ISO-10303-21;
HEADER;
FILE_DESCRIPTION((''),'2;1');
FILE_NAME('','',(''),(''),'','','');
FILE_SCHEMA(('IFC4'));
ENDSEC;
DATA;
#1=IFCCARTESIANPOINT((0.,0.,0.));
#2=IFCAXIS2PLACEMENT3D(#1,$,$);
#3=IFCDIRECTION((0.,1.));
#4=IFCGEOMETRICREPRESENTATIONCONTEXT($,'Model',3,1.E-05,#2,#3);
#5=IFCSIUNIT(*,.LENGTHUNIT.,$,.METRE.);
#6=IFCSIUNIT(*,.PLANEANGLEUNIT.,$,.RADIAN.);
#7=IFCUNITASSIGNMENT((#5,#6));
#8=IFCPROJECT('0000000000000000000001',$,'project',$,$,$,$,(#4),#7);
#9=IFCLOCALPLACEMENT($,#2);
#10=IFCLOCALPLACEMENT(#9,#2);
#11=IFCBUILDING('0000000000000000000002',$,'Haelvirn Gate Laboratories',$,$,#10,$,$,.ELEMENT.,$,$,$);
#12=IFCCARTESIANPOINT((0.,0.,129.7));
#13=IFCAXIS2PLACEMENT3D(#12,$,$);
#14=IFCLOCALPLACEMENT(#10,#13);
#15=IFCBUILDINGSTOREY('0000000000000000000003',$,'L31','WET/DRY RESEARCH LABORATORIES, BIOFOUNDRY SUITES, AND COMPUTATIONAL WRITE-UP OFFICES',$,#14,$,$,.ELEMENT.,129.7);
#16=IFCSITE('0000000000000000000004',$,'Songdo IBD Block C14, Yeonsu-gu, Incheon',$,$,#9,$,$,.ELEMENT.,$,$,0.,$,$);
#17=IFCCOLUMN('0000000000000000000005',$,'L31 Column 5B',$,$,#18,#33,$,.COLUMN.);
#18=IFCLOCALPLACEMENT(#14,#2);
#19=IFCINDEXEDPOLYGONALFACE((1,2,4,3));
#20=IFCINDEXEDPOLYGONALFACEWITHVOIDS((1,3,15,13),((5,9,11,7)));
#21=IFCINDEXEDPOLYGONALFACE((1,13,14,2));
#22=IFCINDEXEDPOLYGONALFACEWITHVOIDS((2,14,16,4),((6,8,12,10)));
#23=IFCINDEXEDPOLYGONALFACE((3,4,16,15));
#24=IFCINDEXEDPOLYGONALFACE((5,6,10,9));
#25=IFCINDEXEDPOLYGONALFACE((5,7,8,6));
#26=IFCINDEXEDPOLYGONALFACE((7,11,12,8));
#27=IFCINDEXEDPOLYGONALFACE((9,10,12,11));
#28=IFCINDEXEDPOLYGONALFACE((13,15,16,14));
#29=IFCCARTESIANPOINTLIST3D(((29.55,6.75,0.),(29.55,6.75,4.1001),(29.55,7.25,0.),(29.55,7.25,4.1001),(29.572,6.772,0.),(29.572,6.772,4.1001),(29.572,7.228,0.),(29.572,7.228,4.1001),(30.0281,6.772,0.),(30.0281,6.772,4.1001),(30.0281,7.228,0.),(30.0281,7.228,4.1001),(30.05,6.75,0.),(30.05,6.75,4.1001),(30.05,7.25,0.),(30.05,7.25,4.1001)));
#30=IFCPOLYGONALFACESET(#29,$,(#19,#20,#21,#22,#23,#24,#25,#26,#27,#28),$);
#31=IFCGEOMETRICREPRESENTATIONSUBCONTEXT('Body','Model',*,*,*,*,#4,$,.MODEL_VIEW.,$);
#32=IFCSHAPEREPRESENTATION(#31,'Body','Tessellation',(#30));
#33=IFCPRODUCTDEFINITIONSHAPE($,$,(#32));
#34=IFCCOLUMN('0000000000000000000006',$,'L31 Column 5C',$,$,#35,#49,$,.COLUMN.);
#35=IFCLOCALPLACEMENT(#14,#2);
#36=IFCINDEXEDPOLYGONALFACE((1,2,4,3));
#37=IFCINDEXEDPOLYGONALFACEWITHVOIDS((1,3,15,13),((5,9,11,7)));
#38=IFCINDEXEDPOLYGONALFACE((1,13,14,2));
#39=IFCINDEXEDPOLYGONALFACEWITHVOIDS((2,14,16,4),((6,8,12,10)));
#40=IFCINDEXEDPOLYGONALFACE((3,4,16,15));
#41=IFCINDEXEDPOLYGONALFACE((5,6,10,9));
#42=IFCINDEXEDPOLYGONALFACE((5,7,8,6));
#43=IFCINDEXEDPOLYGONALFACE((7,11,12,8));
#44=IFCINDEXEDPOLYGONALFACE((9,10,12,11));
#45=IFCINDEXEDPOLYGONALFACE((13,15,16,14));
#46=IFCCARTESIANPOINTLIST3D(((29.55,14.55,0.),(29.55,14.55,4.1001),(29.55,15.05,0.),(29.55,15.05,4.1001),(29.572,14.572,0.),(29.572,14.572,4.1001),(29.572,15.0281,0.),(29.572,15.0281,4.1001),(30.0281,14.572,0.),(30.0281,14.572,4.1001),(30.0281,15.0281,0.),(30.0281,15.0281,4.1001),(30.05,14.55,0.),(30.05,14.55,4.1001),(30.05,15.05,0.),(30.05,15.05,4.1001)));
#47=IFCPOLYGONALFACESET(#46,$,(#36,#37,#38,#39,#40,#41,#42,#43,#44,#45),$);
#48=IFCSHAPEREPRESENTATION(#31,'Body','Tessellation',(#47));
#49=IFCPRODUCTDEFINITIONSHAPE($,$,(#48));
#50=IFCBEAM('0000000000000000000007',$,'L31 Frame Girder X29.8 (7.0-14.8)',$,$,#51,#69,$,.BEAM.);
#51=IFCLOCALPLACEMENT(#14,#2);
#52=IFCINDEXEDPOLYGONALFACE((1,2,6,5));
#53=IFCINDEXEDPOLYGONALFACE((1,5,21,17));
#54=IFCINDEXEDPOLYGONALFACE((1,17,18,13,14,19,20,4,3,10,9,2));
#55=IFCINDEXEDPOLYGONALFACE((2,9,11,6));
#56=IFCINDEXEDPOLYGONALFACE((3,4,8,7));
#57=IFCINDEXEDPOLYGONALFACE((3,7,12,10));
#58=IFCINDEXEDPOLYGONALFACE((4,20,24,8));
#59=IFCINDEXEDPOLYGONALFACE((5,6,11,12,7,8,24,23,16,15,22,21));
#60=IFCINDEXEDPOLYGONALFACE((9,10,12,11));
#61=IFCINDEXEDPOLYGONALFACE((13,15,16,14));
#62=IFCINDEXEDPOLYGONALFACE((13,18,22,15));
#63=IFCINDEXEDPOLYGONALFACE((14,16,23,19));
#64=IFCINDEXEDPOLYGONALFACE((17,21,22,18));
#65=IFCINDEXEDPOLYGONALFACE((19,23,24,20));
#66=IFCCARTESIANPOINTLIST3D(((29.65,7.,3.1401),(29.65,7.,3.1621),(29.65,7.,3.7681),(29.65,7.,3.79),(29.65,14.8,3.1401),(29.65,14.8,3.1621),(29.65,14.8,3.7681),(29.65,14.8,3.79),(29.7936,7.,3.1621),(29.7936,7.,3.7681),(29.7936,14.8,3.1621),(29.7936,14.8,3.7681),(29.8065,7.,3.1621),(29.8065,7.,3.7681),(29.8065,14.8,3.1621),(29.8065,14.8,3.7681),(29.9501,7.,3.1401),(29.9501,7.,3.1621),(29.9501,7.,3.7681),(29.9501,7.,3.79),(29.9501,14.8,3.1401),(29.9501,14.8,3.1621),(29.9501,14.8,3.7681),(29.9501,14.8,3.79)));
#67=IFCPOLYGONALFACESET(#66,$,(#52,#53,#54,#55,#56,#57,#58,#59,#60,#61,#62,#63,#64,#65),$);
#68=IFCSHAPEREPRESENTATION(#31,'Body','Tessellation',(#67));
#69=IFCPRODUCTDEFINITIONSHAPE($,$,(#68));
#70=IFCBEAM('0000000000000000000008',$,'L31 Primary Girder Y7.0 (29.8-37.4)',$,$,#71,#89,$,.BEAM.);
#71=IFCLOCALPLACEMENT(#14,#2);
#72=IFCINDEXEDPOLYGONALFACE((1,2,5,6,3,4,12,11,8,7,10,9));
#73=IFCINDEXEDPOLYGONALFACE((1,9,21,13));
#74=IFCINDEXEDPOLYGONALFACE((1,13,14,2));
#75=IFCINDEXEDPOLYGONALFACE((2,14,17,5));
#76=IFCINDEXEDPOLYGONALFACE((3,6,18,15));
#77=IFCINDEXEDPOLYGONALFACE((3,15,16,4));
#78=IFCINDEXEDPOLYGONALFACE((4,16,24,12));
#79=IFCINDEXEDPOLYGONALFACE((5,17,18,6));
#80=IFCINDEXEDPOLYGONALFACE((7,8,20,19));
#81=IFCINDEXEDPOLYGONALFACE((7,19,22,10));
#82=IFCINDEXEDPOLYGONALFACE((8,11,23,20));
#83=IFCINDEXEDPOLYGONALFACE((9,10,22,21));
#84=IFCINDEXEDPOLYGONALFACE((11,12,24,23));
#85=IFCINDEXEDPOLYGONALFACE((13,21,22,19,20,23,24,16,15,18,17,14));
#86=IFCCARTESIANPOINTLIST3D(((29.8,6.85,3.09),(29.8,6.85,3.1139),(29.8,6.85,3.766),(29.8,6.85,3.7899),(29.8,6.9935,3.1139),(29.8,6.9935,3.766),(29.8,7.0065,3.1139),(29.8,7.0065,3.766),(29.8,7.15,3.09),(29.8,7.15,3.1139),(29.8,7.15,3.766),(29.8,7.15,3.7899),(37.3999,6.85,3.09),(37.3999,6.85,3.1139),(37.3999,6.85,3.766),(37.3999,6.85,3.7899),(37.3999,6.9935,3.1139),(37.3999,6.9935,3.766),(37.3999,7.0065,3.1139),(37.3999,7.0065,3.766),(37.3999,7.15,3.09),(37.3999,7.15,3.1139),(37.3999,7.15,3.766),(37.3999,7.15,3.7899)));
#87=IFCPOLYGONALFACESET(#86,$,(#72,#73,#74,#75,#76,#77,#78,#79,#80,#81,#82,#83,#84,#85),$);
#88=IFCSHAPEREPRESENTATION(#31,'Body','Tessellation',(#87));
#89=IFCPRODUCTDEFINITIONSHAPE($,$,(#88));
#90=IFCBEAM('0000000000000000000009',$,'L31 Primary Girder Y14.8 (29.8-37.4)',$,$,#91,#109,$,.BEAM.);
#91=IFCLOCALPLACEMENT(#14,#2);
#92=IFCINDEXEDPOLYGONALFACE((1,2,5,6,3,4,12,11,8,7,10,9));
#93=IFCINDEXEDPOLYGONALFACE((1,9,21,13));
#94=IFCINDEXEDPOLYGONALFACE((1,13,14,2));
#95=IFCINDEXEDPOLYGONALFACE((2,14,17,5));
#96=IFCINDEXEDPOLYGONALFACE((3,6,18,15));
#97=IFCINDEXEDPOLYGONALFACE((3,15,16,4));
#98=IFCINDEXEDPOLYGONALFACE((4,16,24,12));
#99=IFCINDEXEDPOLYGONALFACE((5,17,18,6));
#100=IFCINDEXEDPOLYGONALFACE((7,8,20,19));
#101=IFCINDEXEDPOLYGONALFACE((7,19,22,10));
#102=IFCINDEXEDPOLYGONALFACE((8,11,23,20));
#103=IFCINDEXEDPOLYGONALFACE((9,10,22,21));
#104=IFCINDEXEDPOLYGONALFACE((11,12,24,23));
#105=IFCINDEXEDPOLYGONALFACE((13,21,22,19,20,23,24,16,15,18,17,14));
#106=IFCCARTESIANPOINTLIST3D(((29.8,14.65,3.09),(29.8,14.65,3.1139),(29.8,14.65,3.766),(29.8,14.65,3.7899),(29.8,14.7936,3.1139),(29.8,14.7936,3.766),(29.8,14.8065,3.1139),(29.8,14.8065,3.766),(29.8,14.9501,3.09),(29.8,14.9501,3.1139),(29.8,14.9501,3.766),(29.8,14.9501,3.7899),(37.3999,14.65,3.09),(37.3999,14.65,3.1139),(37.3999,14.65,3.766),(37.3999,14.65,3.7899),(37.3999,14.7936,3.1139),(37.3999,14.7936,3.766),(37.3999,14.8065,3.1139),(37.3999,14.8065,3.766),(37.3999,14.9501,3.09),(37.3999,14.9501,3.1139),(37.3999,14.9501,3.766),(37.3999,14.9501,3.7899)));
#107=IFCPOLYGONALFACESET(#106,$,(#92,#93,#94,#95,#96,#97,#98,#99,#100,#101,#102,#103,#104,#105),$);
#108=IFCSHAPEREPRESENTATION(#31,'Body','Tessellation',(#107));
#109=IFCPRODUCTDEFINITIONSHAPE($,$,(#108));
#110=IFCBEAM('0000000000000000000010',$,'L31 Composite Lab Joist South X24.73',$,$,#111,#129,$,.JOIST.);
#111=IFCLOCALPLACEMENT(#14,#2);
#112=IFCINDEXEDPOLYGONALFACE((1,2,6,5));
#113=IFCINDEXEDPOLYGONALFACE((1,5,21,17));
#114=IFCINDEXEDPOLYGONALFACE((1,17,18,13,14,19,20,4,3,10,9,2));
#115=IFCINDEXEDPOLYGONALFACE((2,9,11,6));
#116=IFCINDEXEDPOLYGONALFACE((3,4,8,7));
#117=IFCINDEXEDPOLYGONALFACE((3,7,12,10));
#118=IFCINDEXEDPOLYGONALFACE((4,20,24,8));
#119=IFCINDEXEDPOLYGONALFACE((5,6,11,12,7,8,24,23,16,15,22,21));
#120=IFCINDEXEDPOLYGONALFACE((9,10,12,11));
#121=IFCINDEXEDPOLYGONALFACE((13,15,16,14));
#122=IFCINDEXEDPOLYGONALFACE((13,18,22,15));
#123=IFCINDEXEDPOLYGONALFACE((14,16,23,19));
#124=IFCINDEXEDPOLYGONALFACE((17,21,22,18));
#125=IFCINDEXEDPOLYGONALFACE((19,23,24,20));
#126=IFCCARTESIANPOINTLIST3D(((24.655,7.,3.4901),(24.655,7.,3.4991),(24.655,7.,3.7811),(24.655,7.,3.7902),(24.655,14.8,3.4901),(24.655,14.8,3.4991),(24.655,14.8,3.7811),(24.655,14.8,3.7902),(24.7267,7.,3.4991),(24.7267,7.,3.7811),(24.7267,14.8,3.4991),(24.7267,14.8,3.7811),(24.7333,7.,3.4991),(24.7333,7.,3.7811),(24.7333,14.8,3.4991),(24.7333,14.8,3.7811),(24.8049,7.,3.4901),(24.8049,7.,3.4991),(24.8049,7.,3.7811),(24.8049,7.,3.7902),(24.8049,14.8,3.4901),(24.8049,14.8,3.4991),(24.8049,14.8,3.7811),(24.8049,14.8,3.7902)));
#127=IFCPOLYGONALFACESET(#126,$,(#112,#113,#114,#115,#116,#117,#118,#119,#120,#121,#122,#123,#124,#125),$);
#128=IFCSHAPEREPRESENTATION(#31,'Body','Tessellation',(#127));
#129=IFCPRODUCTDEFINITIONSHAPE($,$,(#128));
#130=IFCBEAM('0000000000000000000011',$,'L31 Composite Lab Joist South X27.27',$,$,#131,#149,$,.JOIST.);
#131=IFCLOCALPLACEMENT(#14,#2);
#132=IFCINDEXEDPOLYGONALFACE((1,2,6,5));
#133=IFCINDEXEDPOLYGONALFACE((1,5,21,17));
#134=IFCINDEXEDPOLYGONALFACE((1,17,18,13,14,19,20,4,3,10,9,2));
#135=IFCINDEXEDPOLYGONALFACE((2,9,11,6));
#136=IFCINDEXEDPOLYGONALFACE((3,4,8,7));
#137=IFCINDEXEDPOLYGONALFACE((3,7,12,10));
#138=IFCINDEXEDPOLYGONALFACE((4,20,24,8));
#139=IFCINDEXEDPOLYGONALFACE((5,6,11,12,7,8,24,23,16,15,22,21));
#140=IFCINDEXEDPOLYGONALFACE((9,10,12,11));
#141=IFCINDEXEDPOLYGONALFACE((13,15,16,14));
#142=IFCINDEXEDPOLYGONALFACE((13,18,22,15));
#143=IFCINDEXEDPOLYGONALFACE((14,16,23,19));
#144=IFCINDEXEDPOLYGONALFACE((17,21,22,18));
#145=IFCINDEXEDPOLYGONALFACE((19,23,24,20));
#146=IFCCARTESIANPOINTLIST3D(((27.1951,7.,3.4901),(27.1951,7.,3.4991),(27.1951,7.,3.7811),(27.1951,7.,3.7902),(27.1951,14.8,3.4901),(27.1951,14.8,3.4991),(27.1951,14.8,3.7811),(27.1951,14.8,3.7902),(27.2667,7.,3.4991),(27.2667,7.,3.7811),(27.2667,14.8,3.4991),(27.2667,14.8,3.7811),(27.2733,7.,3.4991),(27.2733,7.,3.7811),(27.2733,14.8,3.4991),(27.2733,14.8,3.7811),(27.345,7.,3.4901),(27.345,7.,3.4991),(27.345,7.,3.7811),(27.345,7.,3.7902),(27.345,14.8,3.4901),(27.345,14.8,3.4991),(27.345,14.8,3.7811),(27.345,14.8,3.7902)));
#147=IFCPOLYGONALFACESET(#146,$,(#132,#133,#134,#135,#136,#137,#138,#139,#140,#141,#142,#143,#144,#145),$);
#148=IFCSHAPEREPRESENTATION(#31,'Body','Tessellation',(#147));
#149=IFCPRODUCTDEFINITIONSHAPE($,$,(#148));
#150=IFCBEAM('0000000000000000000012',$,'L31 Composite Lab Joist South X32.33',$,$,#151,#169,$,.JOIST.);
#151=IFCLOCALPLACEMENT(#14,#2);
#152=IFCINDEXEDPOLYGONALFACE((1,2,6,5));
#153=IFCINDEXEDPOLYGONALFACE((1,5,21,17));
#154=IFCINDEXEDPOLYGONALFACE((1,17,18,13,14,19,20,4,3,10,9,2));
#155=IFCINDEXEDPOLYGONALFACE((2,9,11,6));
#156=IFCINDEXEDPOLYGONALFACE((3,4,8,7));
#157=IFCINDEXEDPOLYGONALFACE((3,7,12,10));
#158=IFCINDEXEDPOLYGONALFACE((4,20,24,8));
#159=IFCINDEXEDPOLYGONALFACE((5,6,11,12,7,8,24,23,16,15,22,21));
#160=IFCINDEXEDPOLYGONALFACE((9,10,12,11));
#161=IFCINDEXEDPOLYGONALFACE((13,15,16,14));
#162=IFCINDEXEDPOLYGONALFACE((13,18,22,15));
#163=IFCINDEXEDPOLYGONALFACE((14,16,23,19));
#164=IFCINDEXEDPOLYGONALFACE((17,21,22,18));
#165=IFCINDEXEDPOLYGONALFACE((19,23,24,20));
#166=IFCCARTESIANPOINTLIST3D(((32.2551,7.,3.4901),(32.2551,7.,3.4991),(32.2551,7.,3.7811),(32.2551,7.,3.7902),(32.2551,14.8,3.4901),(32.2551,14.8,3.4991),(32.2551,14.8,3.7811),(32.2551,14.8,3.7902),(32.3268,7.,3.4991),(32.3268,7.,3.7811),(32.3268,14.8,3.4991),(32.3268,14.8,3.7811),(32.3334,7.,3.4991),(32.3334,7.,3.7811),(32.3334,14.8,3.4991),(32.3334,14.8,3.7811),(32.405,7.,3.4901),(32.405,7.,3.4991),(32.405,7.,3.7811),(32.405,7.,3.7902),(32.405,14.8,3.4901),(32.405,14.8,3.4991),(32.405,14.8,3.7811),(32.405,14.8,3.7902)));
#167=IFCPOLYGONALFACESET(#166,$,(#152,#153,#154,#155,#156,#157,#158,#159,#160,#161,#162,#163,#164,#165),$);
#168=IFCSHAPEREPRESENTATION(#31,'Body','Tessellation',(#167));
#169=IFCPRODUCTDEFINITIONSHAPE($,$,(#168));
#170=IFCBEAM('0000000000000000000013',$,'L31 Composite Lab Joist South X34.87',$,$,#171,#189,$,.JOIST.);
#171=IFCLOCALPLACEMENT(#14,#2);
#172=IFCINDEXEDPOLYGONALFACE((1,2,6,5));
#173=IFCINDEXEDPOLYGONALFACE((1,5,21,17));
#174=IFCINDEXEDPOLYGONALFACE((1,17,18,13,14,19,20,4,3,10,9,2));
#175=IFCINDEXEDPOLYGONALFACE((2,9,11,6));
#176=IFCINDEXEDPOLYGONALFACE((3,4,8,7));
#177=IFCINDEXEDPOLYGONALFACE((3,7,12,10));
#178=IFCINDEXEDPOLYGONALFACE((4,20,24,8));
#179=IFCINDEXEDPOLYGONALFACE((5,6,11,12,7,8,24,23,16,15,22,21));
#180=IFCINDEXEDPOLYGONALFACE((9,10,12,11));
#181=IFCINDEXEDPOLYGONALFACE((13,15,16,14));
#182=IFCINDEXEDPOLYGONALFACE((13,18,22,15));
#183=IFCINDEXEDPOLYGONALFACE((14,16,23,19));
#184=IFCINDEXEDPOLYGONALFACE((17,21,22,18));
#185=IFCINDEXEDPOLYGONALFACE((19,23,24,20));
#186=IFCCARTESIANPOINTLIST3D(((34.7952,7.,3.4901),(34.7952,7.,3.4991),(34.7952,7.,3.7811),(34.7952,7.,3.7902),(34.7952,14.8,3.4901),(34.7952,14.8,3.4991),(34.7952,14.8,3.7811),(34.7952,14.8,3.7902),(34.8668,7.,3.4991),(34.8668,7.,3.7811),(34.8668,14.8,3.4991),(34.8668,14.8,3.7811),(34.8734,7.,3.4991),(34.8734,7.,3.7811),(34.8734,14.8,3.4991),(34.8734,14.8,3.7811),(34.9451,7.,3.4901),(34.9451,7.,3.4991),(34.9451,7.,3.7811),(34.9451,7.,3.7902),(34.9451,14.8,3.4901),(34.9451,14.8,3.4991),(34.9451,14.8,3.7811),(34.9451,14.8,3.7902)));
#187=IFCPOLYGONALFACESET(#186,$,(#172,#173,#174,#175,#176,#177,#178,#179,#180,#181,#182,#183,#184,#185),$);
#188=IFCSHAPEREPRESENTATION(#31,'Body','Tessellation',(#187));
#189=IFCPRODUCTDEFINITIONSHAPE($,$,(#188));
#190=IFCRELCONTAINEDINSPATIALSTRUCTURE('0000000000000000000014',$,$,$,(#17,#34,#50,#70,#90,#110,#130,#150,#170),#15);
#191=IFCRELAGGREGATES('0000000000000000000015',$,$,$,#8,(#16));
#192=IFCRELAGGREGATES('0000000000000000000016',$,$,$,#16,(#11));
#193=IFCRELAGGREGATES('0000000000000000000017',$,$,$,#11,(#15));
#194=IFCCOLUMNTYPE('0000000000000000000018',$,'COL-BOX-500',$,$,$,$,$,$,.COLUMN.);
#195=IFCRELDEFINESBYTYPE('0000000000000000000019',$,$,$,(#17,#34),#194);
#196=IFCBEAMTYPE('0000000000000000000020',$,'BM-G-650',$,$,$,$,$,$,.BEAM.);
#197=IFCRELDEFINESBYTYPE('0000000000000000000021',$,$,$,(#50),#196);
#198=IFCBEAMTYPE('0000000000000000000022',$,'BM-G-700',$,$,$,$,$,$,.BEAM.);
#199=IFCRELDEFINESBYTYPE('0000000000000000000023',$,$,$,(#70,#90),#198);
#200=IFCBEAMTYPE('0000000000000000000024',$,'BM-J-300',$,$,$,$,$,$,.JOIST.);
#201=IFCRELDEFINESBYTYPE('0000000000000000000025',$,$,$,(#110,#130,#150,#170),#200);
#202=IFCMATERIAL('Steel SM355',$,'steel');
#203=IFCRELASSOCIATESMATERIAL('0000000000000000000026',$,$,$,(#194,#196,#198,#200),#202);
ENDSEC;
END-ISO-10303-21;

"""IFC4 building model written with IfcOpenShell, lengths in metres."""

from ifc_helpers import new_model, si_unit, direction, frame, origin, origin_2d, place, context, subcontext, project, spatial, hollow_rectangle, i_section, extrude, source, transform, mapped, material, material_profile, profile_set, type_object, type_shapes, element, save


model = new_model("IFC4")

# Units and contexts
model_context = context("Model", 3, precision=1e-05, world=origin(), true_north=direction((0.0, 1.0)))
body_context = subcontext(model_context, "Body", "Model", "MODEL_VIEW")
ifc_project = project(units=[si_unit("LENGTHUNIT", "METRE"), si_unit("PLANEANGLEUNIT", "RADIAN")], contexts=[model_context])

# Site, building, storey
site_placement = place(None, origin())
site = spatial("IfcSite", under=ifc_project, at=site_placement, Name="Songdo IBD Block C14, Yeonsu-gu, Incheon", CompositionType="ELEMENT", RefElevation=0.0)
building_placement = place(site_placement, origin())
building = spatial("IfcBuilding", under=site, at=building_placement, Name="Haelvirn Gate Laboratories", CompositionType="ELEMENT")
storey_placement = place(building_placement, frame((0.0, 0.0, 129.7)))
storey = spatial("IfcBuildingStorey", under=building, at=storey_placement, Name="L31", Description="WET/DRY RESEARCH LABORATORIES, BIOFOUNDRY SUITES, AND COMPUTATIONAL WRITE-UP OFFICES", CompositionType="ELEMENT", Elevation=129.7)

# Columns
ifc_material_1 = material(Name="Steel SM355", Category="steel")
ifc_material_profile_1 = material_profile(ifc_material_1, hollow_rectangle(XDim=0.5, YDim=0.5, WallThickness=0.022, at=origin_2d()), Name="BOX-500x500x22")
ifc_profile_set_1 = profile_set([ifc_material_profile_1], Name="Steel SM355")
column_type = type_object("IfcColumnType", Name="COL-BOX-500", PredefinedType="COLUMN", material=ifc_profile_set_1)
shared_shape_1 = source(origin(), body_context, "Body", "SweptSolid", [
    extrude(hollow_rectangle(XDim=0.5, YDim=0.5, WallThickness=0.022, at=origin_2d()), origin(), (0.0, 0.0, 1.0), 4.1001),
])
type_shapes(column_type, [shared_shape_1])
for number, where, z_axis, x_axis, name in (
    (1, (29.8, 7.0, 0.0), (0.0, 0.0, 1.0), (1.0, 0.0, 0.0), "L31 Column 5B"),
    (2, (29.8, 14.8, 0.0), (0.0, 0.0, 1.0), (1.0, 0.0, 0.0), "L31 Column 5C"),
):
    element("IfcColumn", number, at=place(storey_placement, frame(where, z_axis=z_axis, x_axis=x_axis)), inside=storey, type_object=column_type, Name=name, PredefinedType="COLUMN", context=body_context, shape_type="MappedRepresentation", body=[
        mapped(shared_shape_1, transform((0.0, 0.0, 0.0), scale=1.0)),
    ])

# Beams
ifc_material_profile_2 = material_profile(ifc_material_1, i_section(OverallWidth=0.3, OverallDepth=0.6499, WebThickness=0.0129, FlangeThickness=0.022, at=origin_2d()), Name="H-650x300x13x22")
ifc_profile_set_2 = profile_set([ifc_material_profile_2], Name="Steel SM355")
beam_type_1 = type_object("IfcBeamType", Name="BM-G-650", PredefinedType="BEAM", material=ifc_profile_set_2)
shared_shape_2 = source(origin(), body_context, "Body", "SweptSolid", [
    extrude(i_section(OverallWidth=0.3, OverallDepth=0.6499, WebThickness=0.0129, FlangeThickness=0.022, at=origin_2d()), origin(), (0.0, 0.0, 1.0), 7.8),
])
type_shapes(beam_type_1, [shared_shape_2])
beam_placement = place(storey_placement, frame((29.8, 7.0, 3.4651), z_axis=(0.0, 1.0, 0.0), x_axis=(-1.0, 0.0, 0.0)))
element("IfcBeam", 3, at=beam_placement, inside=storey, type_object=beam_type_1, Name="L31 Frame Girder X29.8 (7.0-14.8)", PredefinedType="BEAM", context=body_context, shape_type="MappedRepresentation", body=[
    mapped(shared_shape_2, transform((0.0, 0.0, 0.0), scale=1.0)),
])
ifc_material_profile_3 = material_profile(ifc_material_1, i_section(OverallWidth=0.3, OverallDepth=0.7, WebThickness=0.0129, FlangeThickness=0.0239, at=origin_2d()), Name="H-700x300x13x24")
ifc_profile_set_3 = profile_set([ifc_material_profile_3], Name="Steel SM355")
beam_type_2 = type_object("IfcBeamType", Name="BM-G-700", PredefinedType="BEAM", material=ifc_profile_set_3)
shared_shape_3 = source(origin(), body_context, "Body", "SweptSolid", [
    extrude(i_section(OverallWidth=0.3, OverallDepth=0.7, WebThickness=0.0129, FlangeThickness=0.0239, at=origin_2d()), origin(), (0.0, 0.0, 1.0), 7.5999),
])
type_shapes(beam_type_2, [shared_shape_3])
for number, where, z_axis, x_axis, name in (
    (4, (29.8, 7.0, 3.4399), (1.0, 0.0, 0.0), (0.0, 1.0, 0.0), "L31 Primary Girder Y7.0 (29.8-37.4)"),
    (5, (29.8, 14.8, 3.4399), (1.0, 0.0, 0.0), (0.0, 1.0, 0.0), "L31 Primary Girder Y14.8 (29.8-37.4)"),
):
    element("IfcBeam", number, at=place(storey_placement, frame(where, z_axis=z_axis, x_axis=x_axis)), inside=storey, type_object=beam_type_2, Name=name, PredefinedType="BEAM", context=body_context, shape_type="MappedRepresentation", body=[
        mapped(shared_shape_3, transform((0.0, 0.0, 0.0), scale=1.0)),
    ])
ifc_material_profile_4 = material_profile(ifc_material_1, i_section(OverallWidth=0.1499, OverallDepth=0.3, WebThickness=0.0066, FlangeThickness=0.009, at=origin_2d()), Name="H-300x150x6.5x9")
ifc_profile_set_4 = profile_set([ifc_material_profile_4], Name="Steel SM355")
beam_type_3 = type_object("IfcBeamType", Name="BM-J-300", PredefinedType="JOIST", material=ifc_profile_set_4)
shared_shape_4 = source(origin(), body_context, "Body", "SweptSolid", [
    extrude(i_section(OverallWidth=0.1499, OverallDepth=0.3, WebThickness=0.0066, FlangeThickness=0.009, at=origin_2d()), origin(), (0.0, 0.0, 1.0), 7.8),
])
type_shapes(beam_type_3, [shared_shape_4])
for number, where, z_axis, x_axis, name in (
    (6, (24.73, 7.0, 3.6401), (0.0, 1.0, 0.0), (-1.0, 0.0, 0.0), "L31 Composite Lab Joist South X24.73"),
    (7, (27.27, 7.0, 3.6401), (0.0, 1.0, 0.0), (-1.0, 0.0, 0.0), "L31 Composite Lab Joist South X27.27"),
    (8, (32.3301, 7.0, 3.6401), (0.0, 1.0, 0.0), (-1.0, 0.0, 0.0), "L31 Composite Lab Joist South X32.33"),
    (9, (34.8701, 7.0, 3.6401), (0.0, 1.0, 0.0), (-1.0, 0.0, 0.0), "L31 Composite Lab Joist South X34.87"),
):
    element("IfcBeam", number, at=place(storey_placement, frame(where, z_axis=z_axis, x_axis=x_axis)), inside=storey, type_object=beam_type_3, Name=name, PredefinedType="JOIST", context=body_context, shape_type="MappedRepresentation", body=[
        mapped(shared_shape_4, transform((0.0, 0.0, 0.0), scale=1.0)),
    ])

save(model, "model.ifc")
